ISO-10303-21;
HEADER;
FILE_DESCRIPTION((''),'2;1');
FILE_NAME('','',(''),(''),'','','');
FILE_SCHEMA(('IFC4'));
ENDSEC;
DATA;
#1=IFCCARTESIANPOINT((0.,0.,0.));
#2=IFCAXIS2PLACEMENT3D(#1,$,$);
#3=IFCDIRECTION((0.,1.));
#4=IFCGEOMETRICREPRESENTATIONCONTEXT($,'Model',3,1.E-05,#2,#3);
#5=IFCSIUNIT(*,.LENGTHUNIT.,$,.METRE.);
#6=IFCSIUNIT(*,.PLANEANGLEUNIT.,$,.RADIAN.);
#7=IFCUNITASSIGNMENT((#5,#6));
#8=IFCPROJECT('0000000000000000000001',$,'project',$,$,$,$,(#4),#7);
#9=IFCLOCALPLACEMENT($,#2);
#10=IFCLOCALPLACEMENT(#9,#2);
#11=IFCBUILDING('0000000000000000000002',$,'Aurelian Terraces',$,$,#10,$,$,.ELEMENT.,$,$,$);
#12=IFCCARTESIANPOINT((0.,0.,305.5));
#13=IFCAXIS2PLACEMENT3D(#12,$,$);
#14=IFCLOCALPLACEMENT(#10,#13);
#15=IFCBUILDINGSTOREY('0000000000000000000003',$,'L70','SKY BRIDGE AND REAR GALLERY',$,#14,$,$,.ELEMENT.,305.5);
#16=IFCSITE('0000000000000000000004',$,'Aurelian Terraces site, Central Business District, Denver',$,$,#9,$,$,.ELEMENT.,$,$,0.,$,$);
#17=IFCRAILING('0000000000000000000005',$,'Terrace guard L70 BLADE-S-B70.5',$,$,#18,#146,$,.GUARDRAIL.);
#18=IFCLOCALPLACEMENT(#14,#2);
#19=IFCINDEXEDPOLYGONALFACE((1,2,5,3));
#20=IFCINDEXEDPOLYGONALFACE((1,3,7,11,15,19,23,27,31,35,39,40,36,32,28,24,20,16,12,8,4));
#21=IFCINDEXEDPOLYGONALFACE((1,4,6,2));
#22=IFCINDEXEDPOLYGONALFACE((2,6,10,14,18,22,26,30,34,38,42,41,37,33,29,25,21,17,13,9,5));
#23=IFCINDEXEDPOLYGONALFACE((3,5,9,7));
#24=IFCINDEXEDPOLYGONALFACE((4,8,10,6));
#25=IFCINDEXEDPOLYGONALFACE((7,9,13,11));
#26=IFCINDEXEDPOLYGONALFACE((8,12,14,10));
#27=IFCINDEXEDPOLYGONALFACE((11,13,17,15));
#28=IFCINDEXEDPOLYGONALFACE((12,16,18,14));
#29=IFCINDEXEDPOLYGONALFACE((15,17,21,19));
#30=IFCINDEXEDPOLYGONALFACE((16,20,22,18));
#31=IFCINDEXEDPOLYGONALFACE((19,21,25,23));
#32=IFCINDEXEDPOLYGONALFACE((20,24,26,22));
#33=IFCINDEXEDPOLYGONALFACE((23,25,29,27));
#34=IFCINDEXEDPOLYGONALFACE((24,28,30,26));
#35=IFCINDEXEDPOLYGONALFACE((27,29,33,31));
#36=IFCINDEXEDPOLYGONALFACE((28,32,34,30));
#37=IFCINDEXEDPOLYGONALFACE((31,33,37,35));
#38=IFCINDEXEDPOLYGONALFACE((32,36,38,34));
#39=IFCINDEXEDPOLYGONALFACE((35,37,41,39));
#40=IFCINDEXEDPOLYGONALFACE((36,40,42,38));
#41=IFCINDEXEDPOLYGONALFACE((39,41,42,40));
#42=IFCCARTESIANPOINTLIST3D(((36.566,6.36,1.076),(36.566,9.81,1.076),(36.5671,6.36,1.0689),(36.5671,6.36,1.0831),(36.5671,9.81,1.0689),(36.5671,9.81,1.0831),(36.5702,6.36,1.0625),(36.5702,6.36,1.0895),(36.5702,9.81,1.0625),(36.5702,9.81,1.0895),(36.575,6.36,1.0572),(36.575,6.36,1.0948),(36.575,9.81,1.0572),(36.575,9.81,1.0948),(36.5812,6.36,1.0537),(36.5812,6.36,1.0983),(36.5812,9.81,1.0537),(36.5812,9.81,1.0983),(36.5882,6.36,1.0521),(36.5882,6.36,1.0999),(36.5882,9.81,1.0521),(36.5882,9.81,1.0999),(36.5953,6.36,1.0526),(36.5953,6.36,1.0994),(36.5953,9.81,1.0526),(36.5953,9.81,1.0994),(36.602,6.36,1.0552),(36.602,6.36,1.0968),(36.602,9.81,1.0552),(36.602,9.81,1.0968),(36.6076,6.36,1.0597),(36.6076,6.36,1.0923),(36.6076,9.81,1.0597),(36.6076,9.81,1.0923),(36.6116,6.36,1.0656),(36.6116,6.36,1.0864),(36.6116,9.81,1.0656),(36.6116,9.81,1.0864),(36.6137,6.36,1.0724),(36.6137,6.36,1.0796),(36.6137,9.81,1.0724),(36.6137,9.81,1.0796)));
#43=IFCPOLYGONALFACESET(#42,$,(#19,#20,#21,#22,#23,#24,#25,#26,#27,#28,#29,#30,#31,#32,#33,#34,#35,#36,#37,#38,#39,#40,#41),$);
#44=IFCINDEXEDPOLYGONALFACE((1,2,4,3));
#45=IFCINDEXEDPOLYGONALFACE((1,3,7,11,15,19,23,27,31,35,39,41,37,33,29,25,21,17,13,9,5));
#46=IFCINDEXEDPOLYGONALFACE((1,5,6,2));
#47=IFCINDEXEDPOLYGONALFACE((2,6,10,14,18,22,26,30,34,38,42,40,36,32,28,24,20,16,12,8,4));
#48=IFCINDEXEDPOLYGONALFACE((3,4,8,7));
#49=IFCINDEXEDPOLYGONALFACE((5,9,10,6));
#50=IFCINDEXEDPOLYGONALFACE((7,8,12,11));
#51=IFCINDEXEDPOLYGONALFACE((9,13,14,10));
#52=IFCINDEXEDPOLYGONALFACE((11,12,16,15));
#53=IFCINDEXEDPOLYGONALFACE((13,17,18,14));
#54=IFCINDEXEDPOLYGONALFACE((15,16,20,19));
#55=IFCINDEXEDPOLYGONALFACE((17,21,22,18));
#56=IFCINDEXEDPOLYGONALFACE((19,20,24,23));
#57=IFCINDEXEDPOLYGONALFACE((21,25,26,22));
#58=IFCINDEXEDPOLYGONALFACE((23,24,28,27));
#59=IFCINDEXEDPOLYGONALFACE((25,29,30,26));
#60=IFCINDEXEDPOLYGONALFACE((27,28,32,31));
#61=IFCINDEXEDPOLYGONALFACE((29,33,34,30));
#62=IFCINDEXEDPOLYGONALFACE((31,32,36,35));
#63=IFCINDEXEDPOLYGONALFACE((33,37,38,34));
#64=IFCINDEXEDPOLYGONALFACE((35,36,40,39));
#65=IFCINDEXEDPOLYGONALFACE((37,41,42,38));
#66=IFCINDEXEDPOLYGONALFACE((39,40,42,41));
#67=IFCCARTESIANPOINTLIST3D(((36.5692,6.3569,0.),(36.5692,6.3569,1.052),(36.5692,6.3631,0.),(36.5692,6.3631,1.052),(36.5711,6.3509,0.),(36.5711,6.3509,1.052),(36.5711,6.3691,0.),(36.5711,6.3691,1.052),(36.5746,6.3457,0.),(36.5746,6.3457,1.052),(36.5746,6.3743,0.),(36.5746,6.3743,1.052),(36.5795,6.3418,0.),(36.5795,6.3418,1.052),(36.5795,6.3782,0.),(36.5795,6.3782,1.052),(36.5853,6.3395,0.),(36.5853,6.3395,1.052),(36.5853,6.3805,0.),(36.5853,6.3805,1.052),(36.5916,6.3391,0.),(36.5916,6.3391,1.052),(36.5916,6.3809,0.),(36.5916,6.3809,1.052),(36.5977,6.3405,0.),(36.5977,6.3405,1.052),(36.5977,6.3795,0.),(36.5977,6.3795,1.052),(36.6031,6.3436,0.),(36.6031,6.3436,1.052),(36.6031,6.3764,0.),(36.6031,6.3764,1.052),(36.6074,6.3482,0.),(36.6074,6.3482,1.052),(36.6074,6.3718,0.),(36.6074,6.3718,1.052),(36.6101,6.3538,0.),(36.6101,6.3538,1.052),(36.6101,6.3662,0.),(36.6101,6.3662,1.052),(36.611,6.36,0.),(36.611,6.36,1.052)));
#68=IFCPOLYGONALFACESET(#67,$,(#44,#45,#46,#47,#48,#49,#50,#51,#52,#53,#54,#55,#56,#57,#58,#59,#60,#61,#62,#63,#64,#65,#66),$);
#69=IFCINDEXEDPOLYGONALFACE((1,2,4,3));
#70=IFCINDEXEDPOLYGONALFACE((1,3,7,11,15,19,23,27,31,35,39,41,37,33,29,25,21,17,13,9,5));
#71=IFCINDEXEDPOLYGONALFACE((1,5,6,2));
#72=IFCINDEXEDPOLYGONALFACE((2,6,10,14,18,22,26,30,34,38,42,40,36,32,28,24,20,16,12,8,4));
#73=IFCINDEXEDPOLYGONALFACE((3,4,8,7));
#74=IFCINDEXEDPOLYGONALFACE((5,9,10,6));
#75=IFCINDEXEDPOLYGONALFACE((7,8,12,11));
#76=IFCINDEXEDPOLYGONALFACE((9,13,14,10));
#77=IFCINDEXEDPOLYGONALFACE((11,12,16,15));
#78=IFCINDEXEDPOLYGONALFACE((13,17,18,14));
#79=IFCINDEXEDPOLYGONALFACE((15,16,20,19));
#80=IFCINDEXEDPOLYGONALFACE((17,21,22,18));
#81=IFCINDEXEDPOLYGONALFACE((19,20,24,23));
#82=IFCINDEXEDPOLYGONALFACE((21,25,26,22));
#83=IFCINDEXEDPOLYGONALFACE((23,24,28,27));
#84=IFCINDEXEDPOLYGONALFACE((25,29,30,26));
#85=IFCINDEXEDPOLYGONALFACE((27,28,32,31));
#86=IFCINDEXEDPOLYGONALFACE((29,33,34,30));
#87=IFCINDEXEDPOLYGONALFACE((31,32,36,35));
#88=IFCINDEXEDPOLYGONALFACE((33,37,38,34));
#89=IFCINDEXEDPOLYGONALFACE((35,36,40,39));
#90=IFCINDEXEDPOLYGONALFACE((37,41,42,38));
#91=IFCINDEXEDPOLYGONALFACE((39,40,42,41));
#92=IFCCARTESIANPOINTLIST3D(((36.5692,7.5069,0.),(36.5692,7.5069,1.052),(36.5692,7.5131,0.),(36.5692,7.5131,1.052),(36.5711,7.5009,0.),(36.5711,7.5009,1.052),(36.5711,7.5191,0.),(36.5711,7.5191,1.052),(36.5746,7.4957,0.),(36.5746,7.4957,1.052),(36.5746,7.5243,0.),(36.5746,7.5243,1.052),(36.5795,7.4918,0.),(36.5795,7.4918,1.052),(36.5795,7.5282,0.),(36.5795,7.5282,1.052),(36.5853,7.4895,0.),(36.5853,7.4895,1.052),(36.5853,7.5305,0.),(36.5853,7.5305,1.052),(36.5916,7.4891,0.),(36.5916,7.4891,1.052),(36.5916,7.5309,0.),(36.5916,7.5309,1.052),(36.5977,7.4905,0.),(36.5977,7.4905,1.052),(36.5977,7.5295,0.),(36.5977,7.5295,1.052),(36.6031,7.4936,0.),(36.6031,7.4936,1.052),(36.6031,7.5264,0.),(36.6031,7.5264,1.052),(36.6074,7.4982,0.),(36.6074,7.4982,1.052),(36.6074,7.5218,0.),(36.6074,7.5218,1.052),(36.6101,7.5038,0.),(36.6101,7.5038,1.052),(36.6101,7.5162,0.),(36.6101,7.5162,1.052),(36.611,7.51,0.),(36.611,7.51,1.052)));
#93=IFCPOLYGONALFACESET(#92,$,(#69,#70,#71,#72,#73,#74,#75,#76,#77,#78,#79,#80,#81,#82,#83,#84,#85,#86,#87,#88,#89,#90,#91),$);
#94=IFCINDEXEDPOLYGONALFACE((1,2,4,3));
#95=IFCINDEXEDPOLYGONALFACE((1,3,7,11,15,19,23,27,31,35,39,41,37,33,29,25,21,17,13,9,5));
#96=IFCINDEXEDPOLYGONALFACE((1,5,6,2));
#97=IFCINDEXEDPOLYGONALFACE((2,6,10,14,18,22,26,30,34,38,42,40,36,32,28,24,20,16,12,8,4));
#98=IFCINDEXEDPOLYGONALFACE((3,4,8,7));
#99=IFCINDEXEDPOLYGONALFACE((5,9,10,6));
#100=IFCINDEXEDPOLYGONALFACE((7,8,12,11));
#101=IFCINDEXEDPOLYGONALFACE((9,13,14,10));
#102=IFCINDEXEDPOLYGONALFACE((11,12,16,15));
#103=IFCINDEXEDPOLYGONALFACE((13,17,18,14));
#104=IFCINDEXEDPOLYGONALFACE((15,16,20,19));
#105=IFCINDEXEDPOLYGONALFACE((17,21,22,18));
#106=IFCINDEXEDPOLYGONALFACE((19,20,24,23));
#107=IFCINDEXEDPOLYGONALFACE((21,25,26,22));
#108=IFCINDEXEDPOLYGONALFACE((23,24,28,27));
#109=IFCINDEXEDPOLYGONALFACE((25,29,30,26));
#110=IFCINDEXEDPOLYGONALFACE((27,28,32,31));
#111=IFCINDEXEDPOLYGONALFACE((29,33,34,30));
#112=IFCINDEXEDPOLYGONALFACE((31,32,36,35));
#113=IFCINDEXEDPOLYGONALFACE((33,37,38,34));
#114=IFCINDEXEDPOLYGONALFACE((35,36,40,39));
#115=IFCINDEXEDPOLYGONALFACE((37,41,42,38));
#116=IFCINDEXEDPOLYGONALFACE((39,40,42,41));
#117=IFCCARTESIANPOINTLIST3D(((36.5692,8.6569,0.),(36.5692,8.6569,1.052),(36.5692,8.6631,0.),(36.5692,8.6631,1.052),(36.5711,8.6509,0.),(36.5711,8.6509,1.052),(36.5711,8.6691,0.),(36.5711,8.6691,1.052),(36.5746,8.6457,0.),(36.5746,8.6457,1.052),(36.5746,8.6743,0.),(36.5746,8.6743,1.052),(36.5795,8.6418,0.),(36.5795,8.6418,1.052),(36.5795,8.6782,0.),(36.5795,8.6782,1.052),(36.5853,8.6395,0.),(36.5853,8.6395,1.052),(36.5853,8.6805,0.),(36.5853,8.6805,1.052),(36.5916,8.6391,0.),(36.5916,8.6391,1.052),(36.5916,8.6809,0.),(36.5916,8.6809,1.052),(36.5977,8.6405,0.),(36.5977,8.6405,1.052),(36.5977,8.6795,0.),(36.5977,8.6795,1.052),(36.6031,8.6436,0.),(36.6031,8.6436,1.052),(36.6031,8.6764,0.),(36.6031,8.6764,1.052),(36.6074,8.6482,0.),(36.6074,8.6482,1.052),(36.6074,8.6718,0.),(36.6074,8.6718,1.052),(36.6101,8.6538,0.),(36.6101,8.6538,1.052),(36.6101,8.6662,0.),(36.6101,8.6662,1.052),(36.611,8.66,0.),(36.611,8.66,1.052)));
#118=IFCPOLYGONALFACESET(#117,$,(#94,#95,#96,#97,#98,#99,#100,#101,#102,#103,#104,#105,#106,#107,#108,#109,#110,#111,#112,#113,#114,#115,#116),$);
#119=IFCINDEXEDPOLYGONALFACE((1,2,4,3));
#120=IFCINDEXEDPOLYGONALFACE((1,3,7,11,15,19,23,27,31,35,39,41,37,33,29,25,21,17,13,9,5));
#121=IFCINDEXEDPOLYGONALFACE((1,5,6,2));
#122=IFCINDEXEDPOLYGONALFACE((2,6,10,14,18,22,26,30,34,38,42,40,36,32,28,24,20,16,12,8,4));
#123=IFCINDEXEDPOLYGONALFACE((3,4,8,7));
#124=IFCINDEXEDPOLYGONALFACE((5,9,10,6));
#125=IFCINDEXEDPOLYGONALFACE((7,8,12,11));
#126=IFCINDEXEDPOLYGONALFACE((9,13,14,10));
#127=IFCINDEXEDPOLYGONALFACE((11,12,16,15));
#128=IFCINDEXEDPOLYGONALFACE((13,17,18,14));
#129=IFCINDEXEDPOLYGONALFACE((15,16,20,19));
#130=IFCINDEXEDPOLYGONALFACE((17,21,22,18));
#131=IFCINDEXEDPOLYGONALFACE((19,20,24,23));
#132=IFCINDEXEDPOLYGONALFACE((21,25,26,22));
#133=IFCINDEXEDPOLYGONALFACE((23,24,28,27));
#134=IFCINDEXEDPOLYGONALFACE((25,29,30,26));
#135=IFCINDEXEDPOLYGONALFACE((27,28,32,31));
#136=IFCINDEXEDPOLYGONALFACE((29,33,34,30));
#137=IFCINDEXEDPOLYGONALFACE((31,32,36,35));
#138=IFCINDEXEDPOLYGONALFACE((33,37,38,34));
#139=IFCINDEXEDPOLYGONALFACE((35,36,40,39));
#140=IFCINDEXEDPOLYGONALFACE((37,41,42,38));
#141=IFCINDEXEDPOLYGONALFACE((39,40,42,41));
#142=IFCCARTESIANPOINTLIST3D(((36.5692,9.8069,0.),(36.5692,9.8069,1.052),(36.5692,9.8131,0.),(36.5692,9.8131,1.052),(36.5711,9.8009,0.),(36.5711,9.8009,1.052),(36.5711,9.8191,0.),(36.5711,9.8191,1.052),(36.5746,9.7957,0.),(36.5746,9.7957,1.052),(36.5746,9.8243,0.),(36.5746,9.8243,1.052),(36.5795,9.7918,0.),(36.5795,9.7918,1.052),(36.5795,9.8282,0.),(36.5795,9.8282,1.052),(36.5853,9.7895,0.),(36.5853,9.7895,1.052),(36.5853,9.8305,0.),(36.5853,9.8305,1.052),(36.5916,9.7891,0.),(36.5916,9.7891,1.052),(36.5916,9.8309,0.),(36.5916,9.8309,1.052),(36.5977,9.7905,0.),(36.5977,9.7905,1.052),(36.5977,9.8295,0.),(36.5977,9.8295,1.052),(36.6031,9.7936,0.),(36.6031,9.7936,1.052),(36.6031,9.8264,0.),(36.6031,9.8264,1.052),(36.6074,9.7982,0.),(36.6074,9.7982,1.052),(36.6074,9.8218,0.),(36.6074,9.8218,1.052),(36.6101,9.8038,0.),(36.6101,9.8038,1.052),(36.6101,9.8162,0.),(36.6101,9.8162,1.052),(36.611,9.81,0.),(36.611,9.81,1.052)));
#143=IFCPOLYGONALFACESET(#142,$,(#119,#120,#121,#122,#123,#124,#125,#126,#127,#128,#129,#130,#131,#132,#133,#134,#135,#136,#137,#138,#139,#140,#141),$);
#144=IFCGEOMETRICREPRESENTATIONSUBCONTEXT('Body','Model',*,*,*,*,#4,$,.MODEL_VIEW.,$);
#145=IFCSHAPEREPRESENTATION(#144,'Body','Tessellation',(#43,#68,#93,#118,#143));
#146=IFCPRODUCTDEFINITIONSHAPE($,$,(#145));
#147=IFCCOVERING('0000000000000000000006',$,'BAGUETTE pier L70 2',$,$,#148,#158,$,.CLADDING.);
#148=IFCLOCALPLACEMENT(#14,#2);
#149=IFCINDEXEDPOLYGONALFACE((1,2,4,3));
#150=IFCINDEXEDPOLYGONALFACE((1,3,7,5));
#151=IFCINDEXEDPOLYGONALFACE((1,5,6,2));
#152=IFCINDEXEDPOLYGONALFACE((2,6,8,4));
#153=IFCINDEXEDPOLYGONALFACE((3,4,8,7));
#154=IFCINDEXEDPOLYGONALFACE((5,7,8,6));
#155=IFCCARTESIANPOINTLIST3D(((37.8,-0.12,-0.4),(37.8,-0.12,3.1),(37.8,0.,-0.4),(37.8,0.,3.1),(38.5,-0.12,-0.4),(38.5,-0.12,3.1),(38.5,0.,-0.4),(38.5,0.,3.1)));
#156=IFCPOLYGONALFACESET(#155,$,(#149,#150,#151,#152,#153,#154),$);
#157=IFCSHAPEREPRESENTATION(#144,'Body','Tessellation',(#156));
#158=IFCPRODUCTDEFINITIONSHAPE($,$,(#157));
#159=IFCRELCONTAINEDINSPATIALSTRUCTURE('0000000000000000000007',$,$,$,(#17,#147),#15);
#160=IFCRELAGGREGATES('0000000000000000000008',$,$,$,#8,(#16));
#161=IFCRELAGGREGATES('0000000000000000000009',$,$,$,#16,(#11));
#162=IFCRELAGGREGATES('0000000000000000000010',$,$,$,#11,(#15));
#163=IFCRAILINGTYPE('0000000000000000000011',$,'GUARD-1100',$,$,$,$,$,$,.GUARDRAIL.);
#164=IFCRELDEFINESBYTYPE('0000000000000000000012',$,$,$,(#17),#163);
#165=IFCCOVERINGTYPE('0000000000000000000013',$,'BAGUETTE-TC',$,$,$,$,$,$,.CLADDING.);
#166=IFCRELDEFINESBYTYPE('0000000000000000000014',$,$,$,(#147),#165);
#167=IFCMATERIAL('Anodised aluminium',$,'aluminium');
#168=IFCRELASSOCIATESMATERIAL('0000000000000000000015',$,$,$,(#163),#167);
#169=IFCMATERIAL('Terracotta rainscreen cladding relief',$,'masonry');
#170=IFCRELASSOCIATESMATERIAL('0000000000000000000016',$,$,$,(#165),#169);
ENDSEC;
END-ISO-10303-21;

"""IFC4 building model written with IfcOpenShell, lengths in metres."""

from ifc_helpers import new_model, si_unit, direction, frame, origin, origin_2d, place, context, subcontext, project, spatial, rectangle, circle, extrude, source, transform, mapped, material, type_object, element, save


model = new_model("IFC4")

# Units and contexts
model_context = context("Model", 3, precision=1e-05, world=origin(), true_north=direction((0.0, 1.0)))
body_context = subcontext(model_context, "Body", "Model", "MODEL_VIEW")
ifc_project = project(units=[si_unit("LENGTHUNIT", "METRE"), si_unit("PLANEANGLEUNIT", "RADIAN")], contexts=[model_context])

# Site, building, storey
site_placement = place(None, origin())
site = spatial("IfcSite", under=ifc_project, at=site_placement, Name="Aurelian Terraces site, Central Business District, Denver", CompositionType="ELEMENT", RefElevation=0.0)
building_placement = place(site_placement, origin())
building = spatial("IfcBuilding", under=site, at=building_placement, Name="Aurelian Terraces", CompositionType="ELEMENT")
storey_placement = place(building_placement, frame((0.0, 0.0, 305.5)))
storey = spatial("IfcBuildingStorey", under=building, at=storey_placement, Name="L70", Description="SKY BRIDGE AND REAR GALLERY", CompositionType="ELEMENT", Elevation=305.5)

# Railing
ifc_material_1 = material(Name="Anodised aluminium", Category="aluminium")
railing_type = type_object("IfcRailingType", Name="GUARD-1100", PredefinedType="GUARDRAIL", material=ifc_material_1)
railing_1_placement = place(storey_placement, frame((36.59, 6.36, 0.0)))
element("IfcRailing", 1, at=railing_1_placement, inside=storey, type_object=railing_type, Name="Terrace guard L70 BLADE-S-B70.5", PredefinedType="GUARDRAIL", context=body_context, shape_type="SweptSolid", body=[
    extrude(circle(Radius=0.024, at=origin_2d()), frame((0.0, 0.0, 1.076), z_axis=(0.0, 1.0, 0.0), x_axis=(-1.0, 0.0, 0.0)), (0.0, 0.0, 1.0), 3.45),
    extrude(circle(Radius=0.021, at=origin_2d()), origin(), (0.0, 0.0, 1.0), 1.052),
    extrude(circle(Radius=0.021, at=origin_2d()), frame((0.0, 1.15, 0.0)), (0.0, 0.0, 1.0), 1.052),
    extrude(circle(Radius=0.021, at=origin_2d()), frame((0.0, 2.3, 0.0)), (0.0, 0.0, 1.0), 1.052),
    extrude(circle(Radius=0.021, at=origin_2d()), frame((0.0, 3.45, 0.0)), (0.0, 0.0, 1.0), 1.052),
])

# Covering
ifc_material_2 = material(Name="Terracotta rainscreen cladding relief", Category="masonry")
covering_type = type_object("IfcCoveringType", Name="BAGUETTE-TC", PredefinedType="CLADDING", material=ifc_material_2)
shared_shape_1 = source(origin(), body_context, "Body", "SweptSolid", [
    extrude(rectangle(XDim=0.7, YDim=0.12, at=origin_2d()), origin(), (0.0, 0.0, 1.0), 3.5),
])
covering_placement = place(storey_placement, frame((38.15, -0.06, -0.4), z_axis=(0.0, 0.0, 1.0), x_axis=(1.0, 0.0, 0.0)))
element("IfcCovering", 2, at=covering_placement, inside=storey, type_object=covering_type, Name="BAGUETTE pier L70 2", PredefinedType="CLADDING", context=body_context, shape_type="MappedRepresentation", body=[
    mapped(shared_shape_1, transform((0.0, 0.0, 0.0), scale=1.0)),
])

save(model, "model.ifc")
